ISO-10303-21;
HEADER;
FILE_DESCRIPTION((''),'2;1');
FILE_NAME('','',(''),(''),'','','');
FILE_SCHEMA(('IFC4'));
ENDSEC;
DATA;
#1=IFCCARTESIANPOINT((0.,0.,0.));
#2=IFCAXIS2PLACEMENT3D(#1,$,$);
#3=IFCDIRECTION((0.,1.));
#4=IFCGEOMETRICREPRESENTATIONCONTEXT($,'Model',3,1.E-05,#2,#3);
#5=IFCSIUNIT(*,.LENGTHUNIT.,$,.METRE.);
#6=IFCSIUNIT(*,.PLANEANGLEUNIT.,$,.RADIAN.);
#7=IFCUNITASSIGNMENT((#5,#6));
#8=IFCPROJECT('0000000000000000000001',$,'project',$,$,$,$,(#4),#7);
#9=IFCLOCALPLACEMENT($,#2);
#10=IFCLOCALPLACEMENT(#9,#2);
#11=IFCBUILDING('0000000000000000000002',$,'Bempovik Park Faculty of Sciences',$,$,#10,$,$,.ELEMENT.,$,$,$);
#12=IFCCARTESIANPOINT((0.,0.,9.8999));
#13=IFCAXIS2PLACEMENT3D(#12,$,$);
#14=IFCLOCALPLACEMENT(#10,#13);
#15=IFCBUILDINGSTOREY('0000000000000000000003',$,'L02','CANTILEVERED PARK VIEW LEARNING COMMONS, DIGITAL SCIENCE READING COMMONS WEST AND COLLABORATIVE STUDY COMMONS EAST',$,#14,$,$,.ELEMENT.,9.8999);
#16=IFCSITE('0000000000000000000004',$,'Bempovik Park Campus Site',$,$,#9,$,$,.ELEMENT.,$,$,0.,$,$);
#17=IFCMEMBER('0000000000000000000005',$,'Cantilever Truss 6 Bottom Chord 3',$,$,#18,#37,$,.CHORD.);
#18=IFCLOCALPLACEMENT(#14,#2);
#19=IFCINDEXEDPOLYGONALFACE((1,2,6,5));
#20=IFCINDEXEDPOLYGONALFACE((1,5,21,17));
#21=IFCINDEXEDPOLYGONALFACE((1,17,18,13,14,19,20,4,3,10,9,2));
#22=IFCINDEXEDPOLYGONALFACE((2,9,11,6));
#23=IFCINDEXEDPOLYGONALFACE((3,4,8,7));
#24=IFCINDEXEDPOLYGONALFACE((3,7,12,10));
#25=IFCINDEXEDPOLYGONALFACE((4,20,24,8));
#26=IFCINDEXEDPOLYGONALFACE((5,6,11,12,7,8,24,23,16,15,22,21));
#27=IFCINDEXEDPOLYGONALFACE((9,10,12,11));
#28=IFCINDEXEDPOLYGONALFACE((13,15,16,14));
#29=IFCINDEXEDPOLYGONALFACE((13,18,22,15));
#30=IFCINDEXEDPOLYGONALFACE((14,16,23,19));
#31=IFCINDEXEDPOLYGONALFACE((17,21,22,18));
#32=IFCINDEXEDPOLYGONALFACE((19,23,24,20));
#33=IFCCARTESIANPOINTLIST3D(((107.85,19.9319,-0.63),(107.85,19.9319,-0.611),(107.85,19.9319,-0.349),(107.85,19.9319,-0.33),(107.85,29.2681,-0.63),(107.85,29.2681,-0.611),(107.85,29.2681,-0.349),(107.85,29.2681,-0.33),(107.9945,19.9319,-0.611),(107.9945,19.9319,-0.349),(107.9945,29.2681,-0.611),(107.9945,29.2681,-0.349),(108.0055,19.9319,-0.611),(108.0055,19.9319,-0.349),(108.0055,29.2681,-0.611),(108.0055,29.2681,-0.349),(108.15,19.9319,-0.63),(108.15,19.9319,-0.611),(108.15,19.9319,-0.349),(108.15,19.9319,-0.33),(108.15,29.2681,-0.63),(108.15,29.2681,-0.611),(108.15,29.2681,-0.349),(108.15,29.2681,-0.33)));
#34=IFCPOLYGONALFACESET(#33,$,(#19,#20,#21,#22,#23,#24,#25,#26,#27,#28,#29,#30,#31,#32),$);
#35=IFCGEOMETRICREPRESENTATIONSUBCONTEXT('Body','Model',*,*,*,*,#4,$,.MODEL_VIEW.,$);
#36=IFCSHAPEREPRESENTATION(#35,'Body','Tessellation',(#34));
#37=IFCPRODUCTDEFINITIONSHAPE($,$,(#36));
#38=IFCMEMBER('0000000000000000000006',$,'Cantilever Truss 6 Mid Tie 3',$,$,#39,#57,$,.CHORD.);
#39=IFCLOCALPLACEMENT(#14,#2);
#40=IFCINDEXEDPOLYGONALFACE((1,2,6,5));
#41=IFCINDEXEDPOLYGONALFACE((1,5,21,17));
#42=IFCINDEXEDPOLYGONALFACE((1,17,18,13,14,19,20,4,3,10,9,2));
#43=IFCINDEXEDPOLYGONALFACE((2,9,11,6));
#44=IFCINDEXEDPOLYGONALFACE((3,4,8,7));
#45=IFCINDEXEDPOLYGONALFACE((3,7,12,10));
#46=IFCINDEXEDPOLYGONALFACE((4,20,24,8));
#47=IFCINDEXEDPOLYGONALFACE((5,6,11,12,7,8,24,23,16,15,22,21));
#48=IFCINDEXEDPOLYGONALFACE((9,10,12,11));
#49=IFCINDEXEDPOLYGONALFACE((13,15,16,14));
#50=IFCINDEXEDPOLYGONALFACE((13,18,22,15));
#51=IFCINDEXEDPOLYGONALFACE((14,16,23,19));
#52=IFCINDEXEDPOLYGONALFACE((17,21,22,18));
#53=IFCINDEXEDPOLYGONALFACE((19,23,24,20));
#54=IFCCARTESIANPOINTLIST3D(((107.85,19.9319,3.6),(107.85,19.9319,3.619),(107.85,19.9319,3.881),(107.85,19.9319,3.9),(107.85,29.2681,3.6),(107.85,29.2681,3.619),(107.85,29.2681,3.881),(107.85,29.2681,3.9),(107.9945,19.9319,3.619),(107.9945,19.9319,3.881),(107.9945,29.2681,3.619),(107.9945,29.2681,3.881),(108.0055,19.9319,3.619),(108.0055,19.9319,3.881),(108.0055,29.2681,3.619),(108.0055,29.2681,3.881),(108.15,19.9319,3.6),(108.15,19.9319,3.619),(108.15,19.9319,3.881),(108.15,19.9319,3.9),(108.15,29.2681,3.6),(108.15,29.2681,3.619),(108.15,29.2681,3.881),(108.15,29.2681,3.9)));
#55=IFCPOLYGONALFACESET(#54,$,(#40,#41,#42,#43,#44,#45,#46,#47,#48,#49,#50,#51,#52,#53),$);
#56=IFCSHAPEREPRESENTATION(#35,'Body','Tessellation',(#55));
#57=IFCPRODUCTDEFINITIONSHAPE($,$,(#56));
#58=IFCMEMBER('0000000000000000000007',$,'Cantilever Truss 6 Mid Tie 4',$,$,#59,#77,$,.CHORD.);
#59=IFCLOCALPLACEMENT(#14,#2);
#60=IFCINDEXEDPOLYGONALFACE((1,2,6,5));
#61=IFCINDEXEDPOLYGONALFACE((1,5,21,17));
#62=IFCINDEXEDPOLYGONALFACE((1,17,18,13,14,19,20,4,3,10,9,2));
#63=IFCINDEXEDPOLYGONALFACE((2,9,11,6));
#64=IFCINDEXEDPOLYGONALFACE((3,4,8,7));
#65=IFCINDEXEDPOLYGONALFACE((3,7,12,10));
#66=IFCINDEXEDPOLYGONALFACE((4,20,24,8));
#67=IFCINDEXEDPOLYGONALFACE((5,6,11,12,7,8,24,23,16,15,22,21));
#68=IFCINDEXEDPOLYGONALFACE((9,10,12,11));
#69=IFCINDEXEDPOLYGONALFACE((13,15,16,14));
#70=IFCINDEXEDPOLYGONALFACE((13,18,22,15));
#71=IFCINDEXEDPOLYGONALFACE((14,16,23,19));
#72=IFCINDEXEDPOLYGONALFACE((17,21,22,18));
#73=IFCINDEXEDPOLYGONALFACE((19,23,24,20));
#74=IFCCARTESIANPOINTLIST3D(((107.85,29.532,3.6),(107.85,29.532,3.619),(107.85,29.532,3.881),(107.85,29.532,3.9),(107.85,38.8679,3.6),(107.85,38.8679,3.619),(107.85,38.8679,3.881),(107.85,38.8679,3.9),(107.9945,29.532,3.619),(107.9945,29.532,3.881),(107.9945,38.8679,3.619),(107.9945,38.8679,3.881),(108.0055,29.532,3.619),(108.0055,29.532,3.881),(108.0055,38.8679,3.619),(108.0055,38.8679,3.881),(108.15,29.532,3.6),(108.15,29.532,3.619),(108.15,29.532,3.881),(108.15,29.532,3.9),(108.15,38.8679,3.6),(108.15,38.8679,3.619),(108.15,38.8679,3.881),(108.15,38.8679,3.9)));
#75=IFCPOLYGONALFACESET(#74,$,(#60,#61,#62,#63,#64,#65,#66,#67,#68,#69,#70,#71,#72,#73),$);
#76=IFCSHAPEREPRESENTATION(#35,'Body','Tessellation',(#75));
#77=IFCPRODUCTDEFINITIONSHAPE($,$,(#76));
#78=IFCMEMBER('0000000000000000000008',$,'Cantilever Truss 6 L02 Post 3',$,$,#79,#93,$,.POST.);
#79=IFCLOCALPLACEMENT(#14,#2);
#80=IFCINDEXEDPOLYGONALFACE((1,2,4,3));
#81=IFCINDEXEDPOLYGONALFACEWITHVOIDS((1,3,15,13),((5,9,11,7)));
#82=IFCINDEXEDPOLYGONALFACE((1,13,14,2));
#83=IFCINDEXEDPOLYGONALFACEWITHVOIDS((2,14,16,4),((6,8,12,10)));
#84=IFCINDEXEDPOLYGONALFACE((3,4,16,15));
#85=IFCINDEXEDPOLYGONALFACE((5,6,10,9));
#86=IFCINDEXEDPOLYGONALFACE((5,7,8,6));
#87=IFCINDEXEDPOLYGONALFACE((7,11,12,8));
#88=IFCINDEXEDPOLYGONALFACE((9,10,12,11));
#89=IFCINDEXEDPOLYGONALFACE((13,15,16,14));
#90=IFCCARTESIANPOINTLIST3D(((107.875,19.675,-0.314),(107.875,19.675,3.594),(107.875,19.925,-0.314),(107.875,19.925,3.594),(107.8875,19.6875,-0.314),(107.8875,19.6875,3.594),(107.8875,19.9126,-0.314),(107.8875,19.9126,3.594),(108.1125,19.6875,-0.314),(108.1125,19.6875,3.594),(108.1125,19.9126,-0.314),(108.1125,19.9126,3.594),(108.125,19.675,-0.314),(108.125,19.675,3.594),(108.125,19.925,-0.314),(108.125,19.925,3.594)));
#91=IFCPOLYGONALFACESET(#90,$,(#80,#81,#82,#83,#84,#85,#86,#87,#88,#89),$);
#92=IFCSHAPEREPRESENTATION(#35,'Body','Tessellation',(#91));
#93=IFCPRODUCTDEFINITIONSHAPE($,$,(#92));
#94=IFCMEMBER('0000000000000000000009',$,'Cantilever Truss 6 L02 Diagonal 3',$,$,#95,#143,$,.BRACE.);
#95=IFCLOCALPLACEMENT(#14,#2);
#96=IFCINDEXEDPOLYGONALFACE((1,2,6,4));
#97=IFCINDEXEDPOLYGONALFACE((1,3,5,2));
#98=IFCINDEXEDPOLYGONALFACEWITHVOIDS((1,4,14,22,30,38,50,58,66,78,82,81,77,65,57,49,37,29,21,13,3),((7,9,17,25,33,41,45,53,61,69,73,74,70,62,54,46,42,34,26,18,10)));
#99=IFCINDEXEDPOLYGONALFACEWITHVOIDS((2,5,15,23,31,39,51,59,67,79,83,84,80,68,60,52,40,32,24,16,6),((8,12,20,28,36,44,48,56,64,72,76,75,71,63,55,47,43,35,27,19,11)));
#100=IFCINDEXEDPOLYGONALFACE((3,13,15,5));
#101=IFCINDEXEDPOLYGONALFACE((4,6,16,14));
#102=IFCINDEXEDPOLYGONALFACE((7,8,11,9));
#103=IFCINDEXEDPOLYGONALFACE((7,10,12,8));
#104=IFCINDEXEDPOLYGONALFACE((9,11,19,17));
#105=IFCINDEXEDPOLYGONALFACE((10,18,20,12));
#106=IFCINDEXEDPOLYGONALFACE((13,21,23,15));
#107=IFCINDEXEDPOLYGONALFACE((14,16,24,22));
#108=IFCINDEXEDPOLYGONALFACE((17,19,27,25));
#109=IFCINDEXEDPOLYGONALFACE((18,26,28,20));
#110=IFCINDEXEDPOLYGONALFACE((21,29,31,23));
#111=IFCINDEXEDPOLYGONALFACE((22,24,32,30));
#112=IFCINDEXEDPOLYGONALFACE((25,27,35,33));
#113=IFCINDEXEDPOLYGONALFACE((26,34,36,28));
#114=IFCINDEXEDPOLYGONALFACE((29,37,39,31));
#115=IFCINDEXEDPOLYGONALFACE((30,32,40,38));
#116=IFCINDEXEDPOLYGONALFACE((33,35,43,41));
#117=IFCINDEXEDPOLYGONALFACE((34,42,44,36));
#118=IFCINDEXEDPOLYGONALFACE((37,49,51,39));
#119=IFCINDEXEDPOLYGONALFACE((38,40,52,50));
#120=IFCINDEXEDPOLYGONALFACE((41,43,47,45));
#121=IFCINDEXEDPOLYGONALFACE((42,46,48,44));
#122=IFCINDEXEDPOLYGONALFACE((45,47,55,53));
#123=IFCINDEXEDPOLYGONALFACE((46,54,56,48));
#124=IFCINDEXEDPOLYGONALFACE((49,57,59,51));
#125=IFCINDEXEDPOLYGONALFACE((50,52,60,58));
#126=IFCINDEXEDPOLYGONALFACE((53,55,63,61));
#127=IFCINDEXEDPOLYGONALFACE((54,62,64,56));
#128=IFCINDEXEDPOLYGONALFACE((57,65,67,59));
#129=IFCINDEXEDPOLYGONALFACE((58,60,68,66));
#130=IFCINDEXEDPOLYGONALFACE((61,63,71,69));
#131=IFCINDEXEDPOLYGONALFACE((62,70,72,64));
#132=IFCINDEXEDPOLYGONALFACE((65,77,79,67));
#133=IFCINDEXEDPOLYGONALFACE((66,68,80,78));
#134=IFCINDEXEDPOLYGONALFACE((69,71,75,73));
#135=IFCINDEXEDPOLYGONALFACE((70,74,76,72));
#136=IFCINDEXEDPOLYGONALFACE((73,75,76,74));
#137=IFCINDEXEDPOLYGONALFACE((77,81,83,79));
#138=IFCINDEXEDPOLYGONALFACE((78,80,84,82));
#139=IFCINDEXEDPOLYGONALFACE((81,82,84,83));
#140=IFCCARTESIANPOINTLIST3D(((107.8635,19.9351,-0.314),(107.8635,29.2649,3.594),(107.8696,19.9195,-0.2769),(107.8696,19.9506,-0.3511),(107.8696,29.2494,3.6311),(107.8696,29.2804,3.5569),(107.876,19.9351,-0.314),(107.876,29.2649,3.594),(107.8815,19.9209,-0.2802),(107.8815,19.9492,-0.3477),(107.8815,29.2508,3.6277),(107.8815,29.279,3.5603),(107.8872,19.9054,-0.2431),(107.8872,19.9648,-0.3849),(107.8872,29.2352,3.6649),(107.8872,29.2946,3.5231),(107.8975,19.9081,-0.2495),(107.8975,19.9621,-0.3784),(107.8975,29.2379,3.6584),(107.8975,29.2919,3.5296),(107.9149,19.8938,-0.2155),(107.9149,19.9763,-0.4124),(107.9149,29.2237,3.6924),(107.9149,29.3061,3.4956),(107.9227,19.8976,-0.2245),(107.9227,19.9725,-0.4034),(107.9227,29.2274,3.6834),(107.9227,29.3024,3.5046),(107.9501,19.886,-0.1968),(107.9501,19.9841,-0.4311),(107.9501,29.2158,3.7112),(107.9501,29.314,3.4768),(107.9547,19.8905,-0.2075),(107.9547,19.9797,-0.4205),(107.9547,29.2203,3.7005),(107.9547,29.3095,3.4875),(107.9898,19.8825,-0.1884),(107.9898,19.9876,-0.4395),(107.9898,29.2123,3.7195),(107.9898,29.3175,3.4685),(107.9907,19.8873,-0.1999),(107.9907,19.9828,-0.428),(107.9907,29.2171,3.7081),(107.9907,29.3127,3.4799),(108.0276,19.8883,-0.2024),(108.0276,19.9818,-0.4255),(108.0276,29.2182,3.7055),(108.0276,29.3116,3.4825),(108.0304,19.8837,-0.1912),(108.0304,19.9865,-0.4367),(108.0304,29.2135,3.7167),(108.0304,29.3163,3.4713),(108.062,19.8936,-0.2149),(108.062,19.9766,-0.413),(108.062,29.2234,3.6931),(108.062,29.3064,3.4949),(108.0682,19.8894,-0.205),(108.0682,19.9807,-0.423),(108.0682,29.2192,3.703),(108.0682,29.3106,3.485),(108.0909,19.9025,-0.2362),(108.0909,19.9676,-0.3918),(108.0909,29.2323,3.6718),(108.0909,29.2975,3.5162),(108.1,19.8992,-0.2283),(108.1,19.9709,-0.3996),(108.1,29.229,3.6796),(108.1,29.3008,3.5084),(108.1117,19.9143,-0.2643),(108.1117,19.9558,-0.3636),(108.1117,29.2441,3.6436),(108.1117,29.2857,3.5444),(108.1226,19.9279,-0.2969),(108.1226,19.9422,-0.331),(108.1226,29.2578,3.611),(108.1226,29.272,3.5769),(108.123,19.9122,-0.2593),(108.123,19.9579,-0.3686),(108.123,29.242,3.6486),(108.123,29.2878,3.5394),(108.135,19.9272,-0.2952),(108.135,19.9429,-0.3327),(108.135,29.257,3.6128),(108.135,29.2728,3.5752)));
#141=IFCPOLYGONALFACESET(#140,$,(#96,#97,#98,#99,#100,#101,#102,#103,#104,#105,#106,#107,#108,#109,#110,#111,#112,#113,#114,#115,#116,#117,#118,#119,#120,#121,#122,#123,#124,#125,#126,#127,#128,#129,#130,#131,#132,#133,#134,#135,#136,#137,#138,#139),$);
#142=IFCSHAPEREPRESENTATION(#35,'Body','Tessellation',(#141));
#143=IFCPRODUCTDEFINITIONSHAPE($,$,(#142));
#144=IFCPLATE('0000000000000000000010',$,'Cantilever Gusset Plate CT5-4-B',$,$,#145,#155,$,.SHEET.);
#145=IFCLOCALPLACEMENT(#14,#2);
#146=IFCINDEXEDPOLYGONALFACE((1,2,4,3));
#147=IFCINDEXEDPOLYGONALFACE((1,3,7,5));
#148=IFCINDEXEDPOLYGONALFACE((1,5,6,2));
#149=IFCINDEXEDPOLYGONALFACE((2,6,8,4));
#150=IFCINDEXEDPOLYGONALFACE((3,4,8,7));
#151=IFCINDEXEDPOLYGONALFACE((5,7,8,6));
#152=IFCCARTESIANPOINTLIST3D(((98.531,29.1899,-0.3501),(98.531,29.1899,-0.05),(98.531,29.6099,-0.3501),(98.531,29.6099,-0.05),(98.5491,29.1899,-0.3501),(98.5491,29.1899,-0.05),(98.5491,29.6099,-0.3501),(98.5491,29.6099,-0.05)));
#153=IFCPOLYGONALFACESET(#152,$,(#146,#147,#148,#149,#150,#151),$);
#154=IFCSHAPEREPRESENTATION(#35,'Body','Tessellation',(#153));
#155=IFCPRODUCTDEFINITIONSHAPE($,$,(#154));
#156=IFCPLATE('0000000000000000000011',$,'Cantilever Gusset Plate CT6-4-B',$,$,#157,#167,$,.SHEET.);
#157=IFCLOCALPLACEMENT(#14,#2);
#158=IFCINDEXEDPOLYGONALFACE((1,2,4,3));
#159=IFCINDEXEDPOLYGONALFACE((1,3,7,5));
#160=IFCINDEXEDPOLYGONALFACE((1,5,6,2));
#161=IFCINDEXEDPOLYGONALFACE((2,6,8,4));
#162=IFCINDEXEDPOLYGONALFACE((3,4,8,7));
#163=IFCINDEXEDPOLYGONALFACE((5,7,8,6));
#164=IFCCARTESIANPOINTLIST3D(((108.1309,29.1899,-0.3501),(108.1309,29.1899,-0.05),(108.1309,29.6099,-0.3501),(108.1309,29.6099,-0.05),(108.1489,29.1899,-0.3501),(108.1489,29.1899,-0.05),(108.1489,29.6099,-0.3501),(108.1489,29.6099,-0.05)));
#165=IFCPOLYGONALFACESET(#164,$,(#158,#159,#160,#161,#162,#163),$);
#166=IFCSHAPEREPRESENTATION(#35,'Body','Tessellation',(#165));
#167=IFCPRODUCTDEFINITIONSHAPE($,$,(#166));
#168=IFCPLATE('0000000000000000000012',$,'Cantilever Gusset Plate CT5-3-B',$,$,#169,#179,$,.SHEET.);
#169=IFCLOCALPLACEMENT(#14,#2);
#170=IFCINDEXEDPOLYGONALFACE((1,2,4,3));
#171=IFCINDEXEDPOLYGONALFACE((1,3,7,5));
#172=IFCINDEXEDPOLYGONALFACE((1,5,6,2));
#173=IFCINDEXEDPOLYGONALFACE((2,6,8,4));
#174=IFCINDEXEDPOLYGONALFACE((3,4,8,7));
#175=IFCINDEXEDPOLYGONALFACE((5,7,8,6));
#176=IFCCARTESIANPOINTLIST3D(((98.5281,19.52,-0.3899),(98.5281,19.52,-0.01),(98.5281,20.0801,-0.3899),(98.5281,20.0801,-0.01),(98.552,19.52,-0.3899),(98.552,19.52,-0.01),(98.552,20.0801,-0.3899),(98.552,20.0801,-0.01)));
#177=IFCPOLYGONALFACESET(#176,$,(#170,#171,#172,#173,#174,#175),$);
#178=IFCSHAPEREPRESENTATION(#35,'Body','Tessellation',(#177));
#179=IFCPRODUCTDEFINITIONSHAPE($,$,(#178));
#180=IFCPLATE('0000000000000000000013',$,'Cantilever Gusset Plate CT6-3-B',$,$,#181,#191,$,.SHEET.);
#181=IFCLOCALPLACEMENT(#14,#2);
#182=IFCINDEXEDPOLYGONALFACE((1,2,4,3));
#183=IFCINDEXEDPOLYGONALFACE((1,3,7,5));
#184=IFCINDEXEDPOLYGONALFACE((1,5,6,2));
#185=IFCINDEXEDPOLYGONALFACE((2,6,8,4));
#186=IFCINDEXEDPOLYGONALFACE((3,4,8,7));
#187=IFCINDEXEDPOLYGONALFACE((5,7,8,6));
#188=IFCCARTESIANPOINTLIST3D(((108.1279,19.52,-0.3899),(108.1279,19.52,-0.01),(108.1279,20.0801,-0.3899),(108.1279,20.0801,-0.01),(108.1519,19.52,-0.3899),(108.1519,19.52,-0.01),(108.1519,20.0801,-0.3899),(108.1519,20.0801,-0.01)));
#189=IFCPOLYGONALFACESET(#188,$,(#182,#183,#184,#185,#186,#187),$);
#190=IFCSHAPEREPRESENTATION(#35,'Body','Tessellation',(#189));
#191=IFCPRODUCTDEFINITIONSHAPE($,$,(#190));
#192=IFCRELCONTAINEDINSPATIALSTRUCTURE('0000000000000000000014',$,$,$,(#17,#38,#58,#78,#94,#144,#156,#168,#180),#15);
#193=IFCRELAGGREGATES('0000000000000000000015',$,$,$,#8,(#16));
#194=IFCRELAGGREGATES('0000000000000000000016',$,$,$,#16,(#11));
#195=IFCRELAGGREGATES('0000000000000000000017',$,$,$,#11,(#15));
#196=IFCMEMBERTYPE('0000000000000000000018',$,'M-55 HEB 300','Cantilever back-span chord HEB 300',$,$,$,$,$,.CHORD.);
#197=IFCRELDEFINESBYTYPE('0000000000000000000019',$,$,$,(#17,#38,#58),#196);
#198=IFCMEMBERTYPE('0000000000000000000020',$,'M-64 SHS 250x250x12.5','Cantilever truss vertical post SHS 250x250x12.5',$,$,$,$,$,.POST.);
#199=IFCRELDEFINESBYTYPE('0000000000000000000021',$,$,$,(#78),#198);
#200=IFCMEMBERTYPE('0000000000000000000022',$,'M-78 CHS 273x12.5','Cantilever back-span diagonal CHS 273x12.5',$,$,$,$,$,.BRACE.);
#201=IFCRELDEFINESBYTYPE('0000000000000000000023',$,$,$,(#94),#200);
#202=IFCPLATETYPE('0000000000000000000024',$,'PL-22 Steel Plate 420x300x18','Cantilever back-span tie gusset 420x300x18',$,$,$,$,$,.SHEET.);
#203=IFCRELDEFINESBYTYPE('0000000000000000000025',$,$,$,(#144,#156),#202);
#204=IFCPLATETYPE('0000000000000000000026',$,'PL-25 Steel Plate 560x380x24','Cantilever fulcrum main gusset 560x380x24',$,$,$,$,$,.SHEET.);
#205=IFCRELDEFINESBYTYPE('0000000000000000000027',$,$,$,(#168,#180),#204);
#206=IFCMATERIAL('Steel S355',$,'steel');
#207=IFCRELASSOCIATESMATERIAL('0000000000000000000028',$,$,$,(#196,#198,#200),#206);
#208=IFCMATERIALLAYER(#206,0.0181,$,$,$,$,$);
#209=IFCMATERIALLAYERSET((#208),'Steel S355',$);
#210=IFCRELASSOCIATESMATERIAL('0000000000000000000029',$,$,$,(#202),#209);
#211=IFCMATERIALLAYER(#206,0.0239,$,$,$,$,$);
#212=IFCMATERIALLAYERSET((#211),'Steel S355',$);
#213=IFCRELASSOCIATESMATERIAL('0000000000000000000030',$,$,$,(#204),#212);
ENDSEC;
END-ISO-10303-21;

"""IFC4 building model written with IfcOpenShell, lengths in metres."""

from ifc_helpers import new_model, si_unit, direction, frame, origin, origin_2d, place, context, subcontext, project, spatial, rectangle, hollow_rectangle, hollow_circle, i_section, extrude, material, layer, layer_set, material_profile, profile_set, type_object, element, save


model = new_model("IFC4")

# Units and contexts
model_context = context("Model", 3, precision=1e-05, world=origin(), true_north=direction((0.0, 1.0)))
body_context = subcontext(model_context, "Body", "Model", "MODEL_VIEW")
ifc_project = project(units=[si_unit("LENGTHUNIT", "METRE"), si_unit("PLANEANGLEUNIT", "RADIAN")], contexts=[model_context])

# Site, building, storey
site_placement = place(None, origin())
site = spatial("IfcSite", under=ifc_project, at=site_placement, Name="Bempovik Park Campus Site", CompositionType="ELEMENT", RefElevation=0.0)
building_placement = place(site_placement, origin())
building = spatial("IfcBuilding", under=site, at=building_placement, Name="Bempovik Park Faculty of Sciences", CompositionType="ELEMENT")
storey_placement = place(building_placement, frame((0.0, 0.0, 9.8999)))
storey = spatial("IfcBuildingStorey", under=building, at=storey_placement, Name="L02", Description="CANTILEVERED PARK VIEW LEARNING COMMONS, DIGITAL SCIENCE READING COMMONS WEST AND COLLABORATIVE STUDY COMMONS EAST", CompositionType="ELEMENT", Elevation=9.8999)

# Shared definitions
ifc_material_1 = material(Name="Steel S355", Category="steel")

# Members
ifc_material_profile_1 = material_profile(ifc_material_1, i_section(OverallWidth=0.3, OverallDepth=0.3, WebThickness=0.011, FlangeThickness=0.019, at=origin_2d()), Name="HEB 300")
ifc_profile_set_1 = profile_set([ifc_material_profile_1], Name="Steel S355")
member_type_1 = type_object("IfcMemberType", Name="M-55 HEB 300", Description="Cantilever back-span chord HEB 300", PredefinedType="CHORD", material=ifc_profile_set_1)
for number, where, z_axis, x_axis, name in (
    (1, (108.0, 19.9319, -0.48), (0.0, 1.0, 0.0), (-1.0, 0.0, 0.0), "Cantilever Truss 6 Bottom Chord 3"),
    (2, (108.0, 19.9319, 3.75), (0.0, 1.0, 0.0), (-1.0, 0.0, 0.0), "Cantilever Truss 6 Mid Tie 3"),
):
    element("IfcMember", number, at=place(storey_placement, frame(where, z_axis=z_axis, x_axis=x_axis)), inside=storey, type_object=member_type_1, Name=name, PredefinedType="CHORD", context=body_context, shape_type="SweptSolid", body=[
        extrude(i_section(OverallWidth=0.3, OverallDepth=0.3, WebThickness=0.011, FlangeThickness=0.019, at=origin_2d()), origin(), (0.0, 0.0, 1.0), 9.3362),
    ])
member_1_placement = place(storey_placement, frame((108.0, 29.532, 3.75), z_axis=(0.0, 1.0, 0.0), x_axis=(-1.0, 0.0, 0.0)))
element("IfcMember", 3, at=member_1_placement, inside=storey, type_object=member_type_1, Name="Cantilever Truss 6 Mid Tie 4", PredefinedType="CHORD", context=body_context, shape_type="SweptSolid", body=[
    extrude(i_section(OverallWidth=0.3, OverallDepth=0.3, WebThickness=0.011, FlangeThickness=0.019, at=origin_2d()), origin(), (0.0, 0.0, 1.0), 9.3359),
])
ifc_material_profile_2 = material_profile(ifc_material_1, hollow_rectangle(XDim=0.25, YDim=0.25, WallThickness=0.0125, at=origin_2d()), Name="SHS 250x250x12.5")
ifc_profile_set_2 = profile_set([ifc_material_profile_2], Name="Steel S355")
member_type_2 = type_object("IfcMemberType", Name="M-64 SHS 250x250x12.5", Description="Cantilever truss vertical post SHS 250x250x12.5", PredefinedType="POST", material=ifc_profile_set_2)
member_2_placement = place(storey_placement, frame((108.0, 19.8, -0.314), z_axis=(0.0, 0.0, 1.0), x_axis=(1.0, 0.0, 0.0)))
element("IfcMember", 4, at=member_2_placement, inside=storey, type_object=member_type_2, Name="Cantilever Truss 6 L02 Post 3", PredefinedType="POST", context=body_context, shape_type="SweptSolid", body=[
    extrude(hollow_rectangle(XDim=0.25, YDim=0.25, WallThickness=0.0125, at=origin_2d()), origin(), (0.0, 0.0, 1.0), 3.908),
])
ifc_material_profile_3 = material_profile(ifc_material_1, hollow_circle(Radius=0.1365, WallThickness=0.0125, at=origin_2d()), Name="CHS 273x12.5")
ifc_profile_set_3 = profile_set([ifc_material_profile_3], Name="Steel S355")
member_type_3 = type_object("IfcMemberType", Name="M-78 CHS 273x12.5", Description="Cantilever back-span diagonal CHS 273x12.5", PredefinedType="BRACE", material=ifc_profile_set_3)
member_3_placement = place(storey_placement, frame((108.0, 19.9351, -0.314), z_axis=(0.0, 0.922355, 0.386344), x_axis=(-1.0, 0.0, 0.0)))
element("IfcMember", 5, at=member_3_placement, inside=storey, type_object=member_type_3, Name="Cantilever Truss 6 L02 Diagonal 3", PredefinedType="BRACE", context=body_context, shape_type="SweptSolid", body=[
    extrude(hollow_circle(Radius=0.1365, WallThickness=0.0125, at=origin_2d()), origin(), (0.0, 0.0, 1.0), 10.1152),
])

# Plates
ifc_layer_1 = layer(ifc_material_1, 0.0181)
ifc_layer_set_1 = layer_set([ifc_layer_1], Name="Steel S355")
plate_type_1 = type_object("IfcPlateType", Name="PL-22 Steel Plate 420x300x18", Description="Cantilever back-span tie gusset 420x300x18", PredefinedType="SHEET", material=ifc_layer_set_1)
for number, where, z_axis, x_axis, name in (
    (6, (98.54, 29.3999, -0.3501), (0.0, 0.0, 1.0), (1.0, 0.0, 0.0), "Cantilever Gusset Plate CT5-4-B"),
    (7, (108.1399, 29.3999, -0.3501), (0.0, 0.0, 1.0), (1.0, 0.0, 0.0), "Cantilever Gusset Plate CT6-4-B"),
):
    element("IfcPlate", number, at=place(storey_placement, frame(where, z_axis=z_axis, x_axis=x_axis)), inside=storey, type_object=plate_type_1, Name=name, PredefinedType="SHEET", context=body_context, shape_type="SweptSolid", body=[
        extrude(rectangle(XDim=0.0181, YDim=0.4199, at=origin_2d()), origin(), (0.0, 0.0, 1.0), 0.3),
    ])
ifc_layer_2 = layer(ifc_material_1, 0.0239)
ifc_layer_set_2 = layer_set([ifc_layer_2], Name="Steel S355")
plate_type_2 = type_object("IfcPlateType", Name="PL-25 Steel Plate 560x380x24", Description="Cantilever fulcrum main gusset 560x380x24", PredefinedType="SHEET", material=ifc_layer_set_2)
for number, where, z_axis, x_axis, name in (
    (8, (98.54, 19.8, -0.3899), (0.0, 0.0, 1.0), (1.0, 0.0, 0.0), "Cantilever Gusset Plate CT5-3-B"),
    (9, (108.1399, 19.8, -0.3899), (0.0, 0.0, 1.0), (1.0, 0.0, 0.0), "Cantilever Gusset Plate CT6-3-B"),
):
    element("IfcPlate", number, at=place(storey_placement, frame(where, z_axis=z_axis, x_axis=x_axis)), inside=storey, type_object=plate_type_2, Name=name, PredefinedType="SHEET", context=body_context, shape_type="SweptSolid", body=[
        extrude(rectangle(XDim=0.0239, YDim=0.5601, at=origin_2d()), origin(), (0.0, 0.0, 1.0), 0.3799),
    ])

save(model, "model.ifc")
